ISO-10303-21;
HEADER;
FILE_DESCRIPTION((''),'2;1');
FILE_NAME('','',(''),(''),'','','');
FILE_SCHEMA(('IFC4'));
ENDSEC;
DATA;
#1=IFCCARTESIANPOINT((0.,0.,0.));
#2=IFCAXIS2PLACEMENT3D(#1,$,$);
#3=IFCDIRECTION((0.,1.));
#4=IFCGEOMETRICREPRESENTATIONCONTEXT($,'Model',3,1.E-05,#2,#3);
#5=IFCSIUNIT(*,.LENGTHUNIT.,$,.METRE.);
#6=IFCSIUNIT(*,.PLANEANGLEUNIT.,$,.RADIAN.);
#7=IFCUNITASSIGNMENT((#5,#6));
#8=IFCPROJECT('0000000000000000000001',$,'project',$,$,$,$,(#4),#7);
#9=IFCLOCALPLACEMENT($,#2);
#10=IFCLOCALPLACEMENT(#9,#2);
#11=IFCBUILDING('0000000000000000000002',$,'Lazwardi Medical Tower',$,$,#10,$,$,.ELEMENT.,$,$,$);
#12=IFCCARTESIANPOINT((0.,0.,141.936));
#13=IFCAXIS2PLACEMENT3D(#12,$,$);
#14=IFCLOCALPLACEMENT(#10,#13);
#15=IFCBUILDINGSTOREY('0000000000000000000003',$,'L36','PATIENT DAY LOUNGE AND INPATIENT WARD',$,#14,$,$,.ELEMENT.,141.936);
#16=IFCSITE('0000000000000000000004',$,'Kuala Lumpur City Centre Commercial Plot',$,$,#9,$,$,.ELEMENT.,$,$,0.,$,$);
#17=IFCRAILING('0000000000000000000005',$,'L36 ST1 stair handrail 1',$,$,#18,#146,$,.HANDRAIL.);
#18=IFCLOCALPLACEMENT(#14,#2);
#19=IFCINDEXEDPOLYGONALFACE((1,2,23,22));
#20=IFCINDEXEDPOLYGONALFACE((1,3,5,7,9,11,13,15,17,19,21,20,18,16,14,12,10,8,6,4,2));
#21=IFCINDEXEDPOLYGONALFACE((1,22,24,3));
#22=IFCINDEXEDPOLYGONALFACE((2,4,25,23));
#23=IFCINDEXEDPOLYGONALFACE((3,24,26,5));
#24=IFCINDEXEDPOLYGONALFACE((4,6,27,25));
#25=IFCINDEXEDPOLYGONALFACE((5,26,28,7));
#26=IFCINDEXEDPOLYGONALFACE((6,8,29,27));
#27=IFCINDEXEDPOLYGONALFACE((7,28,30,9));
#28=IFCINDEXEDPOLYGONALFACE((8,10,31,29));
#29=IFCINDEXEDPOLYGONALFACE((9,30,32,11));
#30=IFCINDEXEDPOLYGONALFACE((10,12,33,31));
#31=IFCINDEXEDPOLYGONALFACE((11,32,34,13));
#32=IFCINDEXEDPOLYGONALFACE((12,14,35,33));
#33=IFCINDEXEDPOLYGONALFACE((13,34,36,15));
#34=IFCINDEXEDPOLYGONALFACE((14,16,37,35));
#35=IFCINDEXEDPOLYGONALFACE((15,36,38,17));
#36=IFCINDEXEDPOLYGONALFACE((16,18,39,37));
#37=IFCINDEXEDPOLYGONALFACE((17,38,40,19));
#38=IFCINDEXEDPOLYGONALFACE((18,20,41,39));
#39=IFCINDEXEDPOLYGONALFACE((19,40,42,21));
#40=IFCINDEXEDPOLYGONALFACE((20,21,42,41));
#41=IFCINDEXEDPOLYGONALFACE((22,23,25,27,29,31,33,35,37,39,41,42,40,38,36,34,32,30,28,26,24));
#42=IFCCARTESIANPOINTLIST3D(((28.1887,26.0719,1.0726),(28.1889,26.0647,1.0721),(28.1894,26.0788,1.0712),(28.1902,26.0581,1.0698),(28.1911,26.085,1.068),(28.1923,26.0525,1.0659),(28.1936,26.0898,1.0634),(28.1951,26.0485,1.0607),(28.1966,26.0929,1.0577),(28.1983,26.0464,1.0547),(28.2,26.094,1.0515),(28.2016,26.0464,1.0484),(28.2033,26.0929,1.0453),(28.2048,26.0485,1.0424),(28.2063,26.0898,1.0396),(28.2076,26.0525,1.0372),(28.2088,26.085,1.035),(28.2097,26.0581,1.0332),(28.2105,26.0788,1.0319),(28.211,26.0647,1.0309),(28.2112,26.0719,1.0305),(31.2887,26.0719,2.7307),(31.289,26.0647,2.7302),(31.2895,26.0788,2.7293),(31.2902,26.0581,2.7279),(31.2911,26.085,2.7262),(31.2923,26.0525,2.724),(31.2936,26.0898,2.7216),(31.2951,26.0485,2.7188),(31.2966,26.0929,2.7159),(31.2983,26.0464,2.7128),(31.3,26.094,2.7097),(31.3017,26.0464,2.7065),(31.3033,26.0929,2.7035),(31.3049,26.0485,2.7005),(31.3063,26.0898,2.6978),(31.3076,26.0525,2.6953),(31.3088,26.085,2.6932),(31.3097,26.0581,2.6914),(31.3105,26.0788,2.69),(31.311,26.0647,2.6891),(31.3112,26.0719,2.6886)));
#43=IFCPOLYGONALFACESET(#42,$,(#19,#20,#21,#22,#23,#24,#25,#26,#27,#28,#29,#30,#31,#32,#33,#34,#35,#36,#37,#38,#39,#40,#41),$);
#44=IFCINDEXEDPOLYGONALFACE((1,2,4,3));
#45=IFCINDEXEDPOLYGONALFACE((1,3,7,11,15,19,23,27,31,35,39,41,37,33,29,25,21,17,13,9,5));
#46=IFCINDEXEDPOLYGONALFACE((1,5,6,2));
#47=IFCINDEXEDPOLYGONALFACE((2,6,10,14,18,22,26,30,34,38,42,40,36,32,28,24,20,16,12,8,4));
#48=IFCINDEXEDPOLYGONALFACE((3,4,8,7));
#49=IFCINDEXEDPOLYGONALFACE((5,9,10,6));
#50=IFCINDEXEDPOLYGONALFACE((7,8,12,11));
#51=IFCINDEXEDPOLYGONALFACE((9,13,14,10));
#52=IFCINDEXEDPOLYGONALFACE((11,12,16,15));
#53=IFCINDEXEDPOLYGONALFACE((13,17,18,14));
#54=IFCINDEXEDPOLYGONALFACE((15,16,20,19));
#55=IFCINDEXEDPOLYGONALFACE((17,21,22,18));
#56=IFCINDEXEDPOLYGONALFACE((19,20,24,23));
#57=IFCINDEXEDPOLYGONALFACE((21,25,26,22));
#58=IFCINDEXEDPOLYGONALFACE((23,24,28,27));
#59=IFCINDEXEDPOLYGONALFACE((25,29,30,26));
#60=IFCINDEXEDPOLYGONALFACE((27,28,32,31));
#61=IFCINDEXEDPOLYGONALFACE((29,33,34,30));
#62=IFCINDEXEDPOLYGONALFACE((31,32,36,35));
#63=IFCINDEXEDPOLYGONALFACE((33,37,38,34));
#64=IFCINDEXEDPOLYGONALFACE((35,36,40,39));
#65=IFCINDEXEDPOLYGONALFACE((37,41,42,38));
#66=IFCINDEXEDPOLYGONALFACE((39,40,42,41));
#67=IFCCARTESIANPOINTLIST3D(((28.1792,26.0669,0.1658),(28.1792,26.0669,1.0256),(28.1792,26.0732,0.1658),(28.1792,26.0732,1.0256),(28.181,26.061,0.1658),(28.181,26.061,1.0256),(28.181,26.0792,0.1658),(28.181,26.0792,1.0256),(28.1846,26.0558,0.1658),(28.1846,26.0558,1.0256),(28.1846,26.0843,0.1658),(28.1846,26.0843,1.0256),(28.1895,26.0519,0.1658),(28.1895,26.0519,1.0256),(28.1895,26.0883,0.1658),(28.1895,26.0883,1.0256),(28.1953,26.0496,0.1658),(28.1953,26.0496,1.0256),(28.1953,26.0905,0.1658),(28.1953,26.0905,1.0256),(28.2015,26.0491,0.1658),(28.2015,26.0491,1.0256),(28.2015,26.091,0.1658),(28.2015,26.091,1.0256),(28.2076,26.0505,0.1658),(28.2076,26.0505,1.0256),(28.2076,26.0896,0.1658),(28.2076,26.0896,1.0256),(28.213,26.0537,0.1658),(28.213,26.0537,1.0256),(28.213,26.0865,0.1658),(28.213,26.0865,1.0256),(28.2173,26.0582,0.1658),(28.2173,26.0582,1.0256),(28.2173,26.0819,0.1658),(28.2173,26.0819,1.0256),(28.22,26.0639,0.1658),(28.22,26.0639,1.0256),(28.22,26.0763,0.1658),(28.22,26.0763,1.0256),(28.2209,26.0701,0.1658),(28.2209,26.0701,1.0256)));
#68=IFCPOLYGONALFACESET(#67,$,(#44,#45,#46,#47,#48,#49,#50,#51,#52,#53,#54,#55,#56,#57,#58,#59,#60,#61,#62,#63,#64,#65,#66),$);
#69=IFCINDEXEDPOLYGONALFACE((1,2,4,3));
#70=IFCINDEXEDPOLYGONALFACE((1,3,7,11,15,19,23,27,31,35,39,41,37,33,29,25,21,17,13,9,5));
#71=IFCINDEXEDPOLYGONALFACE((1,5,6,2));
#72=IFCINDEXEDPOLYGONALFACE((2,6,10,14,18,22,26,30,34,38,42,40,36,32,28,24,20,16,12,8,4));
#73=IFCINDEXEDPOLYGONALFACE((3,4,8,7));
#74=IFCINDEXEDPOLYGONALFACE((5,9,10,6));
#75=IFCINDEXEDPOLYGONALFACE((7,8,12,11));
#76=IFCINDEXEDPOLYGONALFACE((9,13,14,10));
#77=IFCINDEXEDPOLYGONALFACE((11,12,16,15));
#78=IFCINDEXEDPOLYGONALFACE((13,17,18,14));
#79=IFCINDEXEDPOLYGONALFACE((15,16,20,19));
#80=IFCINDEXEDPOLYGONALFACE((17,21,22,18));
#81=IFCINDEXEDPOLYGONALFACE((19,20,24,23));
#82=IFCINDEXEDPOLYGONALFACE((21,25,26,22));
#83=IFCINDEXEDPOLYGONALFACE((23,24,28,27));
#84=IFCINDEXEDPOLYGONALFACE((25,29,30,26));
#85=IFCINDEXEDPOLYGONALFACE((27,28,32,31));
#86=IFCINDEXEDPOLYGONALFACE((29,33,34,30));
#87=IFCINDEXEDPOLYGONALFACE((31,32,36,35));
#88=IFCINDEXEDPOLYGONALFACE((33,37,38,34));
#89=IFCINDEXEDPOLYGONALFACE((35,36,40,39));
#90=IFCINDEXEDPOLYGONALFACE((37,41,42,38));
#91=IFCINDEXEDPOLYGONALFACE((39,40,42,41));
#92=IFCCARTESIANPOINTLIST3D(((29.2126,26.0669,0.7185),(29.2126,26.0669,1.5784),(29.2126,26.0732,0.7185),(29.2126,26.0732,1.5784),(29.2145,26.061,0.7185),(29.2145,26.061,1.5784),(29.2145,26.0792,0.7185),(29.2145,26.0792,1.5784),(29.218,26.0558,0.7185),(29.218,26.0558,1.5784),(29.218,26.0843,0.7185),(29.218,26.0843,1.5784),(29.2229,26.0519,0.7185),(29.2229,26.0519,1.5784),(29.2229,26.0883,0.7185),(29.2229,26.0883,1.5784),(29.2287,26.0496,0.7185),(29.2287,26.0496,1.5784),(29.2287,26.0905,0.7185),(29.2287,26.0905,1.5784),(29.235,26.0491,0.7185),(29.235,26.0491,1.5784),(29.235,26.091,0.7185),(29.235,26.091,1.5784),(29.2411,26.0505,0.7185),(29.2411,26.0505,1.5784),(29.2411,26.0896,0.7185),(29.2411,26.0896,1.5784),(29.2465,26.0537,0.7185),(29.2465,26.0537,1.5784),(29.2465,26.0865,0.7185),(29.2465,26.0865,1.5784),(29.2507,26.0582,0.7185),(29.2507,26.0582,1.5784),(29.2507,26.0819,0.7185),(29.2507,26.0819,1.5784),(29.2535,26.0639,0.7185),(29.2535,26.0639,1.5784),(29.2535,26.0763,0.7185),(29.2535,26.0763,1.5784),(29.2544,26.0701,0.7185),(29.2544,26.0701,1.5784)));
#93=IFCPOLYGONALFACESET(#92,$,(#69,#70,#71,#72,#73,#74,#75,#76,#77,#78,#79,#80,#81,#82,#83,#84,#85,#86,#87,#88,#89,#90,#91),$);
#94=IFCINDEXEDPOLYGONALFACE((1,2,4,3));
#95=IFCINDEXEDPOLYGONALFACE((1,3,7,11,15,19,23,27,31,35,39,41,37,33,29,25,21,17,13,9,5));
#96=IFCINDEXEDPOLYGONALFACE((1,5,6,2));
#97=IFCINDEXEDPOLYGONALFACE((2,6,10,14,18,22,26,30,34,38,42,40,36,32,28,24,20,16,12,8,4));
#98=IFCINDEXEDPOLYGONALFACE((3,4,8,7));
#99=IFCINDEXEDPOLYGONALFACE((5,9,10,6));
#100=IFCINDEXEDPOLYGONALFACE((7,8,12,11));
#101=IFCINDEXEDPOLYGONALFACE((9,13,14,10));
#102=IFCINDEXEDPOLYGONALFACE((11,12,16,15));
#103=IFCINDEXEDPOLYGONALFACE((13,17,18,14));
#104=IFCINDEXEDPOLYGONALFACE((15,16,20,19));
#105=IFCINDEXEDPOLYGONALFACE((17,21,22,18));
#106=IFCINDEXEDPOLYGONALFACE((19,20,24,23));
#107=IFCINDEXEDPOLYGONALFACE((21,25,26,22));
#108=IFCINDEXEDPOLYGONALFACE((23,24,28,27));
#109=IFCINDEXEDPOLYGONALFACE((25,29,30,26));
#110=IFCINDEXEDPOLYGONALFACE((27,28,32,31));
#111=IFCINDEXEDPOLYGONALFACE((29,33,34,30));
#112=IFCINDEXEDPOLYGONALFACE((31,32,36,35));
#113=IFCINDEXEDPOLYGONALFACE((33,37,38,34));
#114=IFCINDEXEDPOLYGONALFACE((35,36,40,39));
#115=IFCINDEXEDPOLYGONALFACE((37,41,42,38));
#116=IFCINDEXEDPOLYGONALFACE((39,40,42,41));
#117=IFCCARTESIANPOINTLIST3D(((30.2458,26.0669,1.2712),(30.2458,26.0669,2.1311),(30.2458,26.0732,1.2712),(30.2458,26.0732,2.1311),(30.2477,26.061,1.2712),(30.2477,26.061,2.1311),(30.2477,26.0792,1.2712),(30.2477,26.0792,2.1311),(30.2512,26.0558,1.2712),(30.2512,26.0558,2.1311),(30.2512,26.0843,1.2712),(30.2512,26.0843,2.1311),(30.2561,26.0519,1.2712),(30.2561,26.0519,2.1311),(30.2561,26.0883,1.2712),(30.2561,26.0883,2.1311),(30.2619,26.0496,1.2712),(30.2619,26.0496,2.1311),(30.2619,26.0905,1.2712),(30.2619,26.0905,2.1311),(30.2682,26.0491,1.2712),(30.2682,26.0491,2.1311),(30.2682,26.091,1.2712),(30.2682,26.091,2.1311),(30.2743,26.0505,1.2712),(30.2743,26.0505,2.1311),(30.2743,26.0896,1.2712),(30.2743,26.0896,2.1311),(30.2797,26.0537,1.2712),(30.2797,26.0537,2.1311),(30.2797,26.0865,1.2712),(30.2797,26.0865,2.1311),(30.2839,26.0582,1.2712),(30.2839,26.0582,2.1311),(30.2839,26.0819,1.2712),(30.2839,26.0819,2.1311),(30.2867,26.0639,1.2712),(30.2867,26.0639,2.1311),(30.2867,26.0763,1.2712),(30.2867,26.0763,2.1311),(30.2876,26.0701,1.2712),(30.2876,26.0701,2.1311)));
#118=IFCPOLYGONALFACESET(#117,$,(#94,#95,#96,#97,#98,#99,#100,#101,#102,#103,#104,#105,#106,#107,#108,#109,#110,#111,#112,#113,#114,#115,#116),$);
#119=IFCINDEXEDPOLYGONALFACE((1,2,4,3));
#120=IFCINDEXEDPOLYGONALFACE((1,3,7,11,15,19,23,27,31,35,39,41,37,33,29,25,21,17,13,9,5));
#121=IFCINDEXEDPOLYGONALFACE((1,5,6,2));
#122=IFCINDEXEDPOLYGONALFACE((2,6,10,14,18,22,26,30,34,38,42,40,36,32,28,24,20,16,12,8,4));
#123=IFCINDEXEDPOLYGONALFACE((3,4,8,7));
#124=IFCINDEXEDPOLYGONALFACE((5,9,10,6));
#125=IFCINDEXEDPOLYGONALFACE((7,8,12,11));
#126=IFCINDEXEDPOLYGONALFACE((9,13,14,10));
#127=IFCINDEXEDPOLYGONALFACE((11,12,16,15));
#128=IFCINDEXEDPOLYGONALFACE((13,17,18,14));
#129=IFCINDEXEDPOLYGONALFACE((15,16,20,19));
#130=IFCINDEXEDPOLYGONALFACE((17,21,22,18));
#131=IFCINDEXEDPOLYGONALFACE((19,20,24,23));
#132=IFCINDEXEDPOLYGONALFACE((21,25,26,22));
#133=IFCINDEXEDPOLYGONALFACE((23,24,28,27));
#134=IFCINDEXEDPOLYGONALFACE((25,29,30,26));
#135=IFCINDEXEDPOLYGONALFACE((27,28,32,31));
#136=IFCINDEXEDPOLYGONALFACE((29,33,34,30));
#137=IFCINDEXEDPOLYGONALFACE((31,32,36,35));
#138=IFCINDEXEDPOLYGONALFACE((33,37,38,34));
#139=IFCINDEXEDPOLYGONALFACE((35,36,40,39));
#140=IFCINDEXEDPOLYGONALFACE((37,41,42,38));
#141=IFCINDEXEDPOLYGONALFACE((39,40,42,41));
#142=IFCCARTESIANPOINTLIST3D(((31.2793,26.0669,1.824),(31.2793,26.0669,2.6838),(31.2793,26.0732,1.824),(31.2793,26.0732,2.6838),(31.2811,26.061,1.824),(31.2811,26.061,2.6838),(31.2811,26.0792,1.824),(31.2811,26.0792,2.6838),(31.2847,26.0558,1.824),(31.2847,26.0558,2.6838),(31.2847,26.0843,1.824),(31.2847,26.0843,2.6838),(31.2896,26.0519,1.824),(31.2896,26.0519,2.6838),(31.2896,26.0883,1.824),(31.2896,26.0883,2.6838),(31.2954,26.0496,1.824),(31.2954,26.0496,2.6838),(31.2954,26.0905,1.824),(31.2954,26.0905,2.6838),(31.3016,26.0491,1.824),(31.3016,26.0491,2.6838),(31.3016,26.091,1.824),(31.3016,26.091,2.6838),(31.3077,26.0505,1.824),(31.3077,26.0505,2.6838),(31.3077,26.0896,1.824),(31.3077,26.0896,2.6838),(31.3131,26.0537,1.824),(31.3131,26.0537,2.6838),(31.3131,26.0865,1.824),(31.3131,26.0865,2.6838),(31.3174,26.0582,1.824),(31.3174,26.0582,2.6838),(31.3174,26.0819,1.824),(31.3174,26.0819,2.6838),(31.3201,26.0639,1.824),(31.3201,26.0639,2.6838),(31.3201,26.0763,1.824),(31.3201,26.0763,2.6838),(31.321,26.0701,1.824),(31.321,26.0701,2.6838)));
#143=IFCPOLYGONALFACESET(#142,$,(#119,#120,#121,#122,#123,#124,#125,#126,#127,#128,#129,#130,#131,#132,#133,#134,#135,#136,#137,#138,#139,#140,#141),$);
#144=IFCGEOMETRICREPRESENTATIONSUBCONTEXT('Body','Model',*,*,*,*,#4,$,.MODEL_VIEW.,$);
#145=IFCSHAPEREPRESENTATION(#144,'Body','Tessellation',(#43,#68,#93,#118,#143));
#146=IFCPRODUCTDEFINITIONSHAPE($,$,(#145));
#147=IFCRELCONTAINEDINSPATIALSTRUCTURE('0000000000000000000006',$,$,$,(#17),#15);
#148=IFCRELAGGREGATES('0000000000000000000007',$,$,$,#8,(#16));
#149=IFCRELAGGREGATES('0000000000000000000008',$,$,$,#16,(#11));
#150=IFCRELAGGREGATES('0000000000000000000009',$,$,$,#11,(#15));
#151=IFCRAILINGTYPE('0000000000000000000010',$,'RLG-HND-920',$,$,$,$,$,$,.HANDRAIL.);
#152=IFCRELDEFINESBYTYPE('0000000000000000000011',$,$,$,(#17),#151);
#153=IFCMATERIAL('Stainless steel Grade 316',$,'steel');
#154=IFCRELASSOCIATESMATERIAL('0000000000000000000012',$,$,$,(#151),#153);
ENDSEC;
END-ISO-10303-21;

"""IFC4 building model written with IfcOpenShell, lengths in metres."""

from ifc_helpers import new_model, si_unit, direction, frame, origin, origin_2d, place, context, subcontext, project, spatial, circle, extrude, material, type_object, element, save


model = new_model("IFC4")

# Units and contexts
model_context = context("Model", 3, precision=1e-05, world=origin(), true_north=direction((0.0, 1.0)))
body_context = subcontext(model_context, "Body", "Model", "MODEL_VIEW")
ifc_project = project(units=[si_unit("LENGTHUNIT", "METRE"), si_unit("PLANEANGLEUNIT", "RADIAN")], contexts=[model_context])

# Site, building, storey
site_placement = place(None, origin())
site = spatial("IfcSite", under=ifc_project, at=site_placement, Name="Kuala Lumpur City Centre Commercial Plot", CompositionType="ELEMENT", RefElevation=0.0)
building_placement = place(site_placement, origin())
building = spatial("IfcBuilding", under=site, at=building_placement, Name="Lazwardi Medical Tower", CompositionType="ELEMENT")
storey_placement = place(building_placement, frame((0.0, 0.0, 141.936)))
storey = spatial("IfcBuildingStorey", under=building, at=storey_placement, Name="L36", Description="PATIENT DAY LOUNGE AND INPATIENT WARD", CompositionType="ELEMENT", Elevation=141.936)

# Railing
ifc_material_1 = material(Name="Stainless steel Grade 316", Category="steel")
railing_type_1 = type_object("IfcRailingType", Name="RLG-HND-920", PredefinedType="HANDRAIL", material=ifc_material_1)
railing_1_placement = place(storey_placement, frame((28.2, 26.0701, 0.1658)))
element("IfcRailing", 1, at=railing_1_placement, inside=storey, type_object=railing_type_1, Name="L36 ST1 stair handrail 1", PredefinedType="HANDRAIL", context=body_context, shape_type="SweptSolid", body=[
    extrude(circle(Radius=0.0239, at=origin_2d()), frame((0.0, 0.0, 0.8857), z_axis=(0.881783, 0.0, 0.471655), x_axis=(0.0, 1.0, 0.0)), (0.0, 0.0, 1.0), 3.5156),
    extrude(circle(Radius=0.021, at=origin_2d()), origin(), (0.0, 0.0, 1.0), 0.8599),
    extrude(circle(Radius=0.021, at=origin_2d()), frame((1.0334, 0.0, 0.5527)), (0.0, 0.0, 1.0), 0.8599),
    extrude(circle(Radius=0.021, at=origin_2d()), frame((2.0667, 0.0, 1.1055)), (0.0, 0.0, 1.0), 0.8599),
    extrude(circle(Radius=0.021, at=origin_2d()), frame((3.1001, 0.0, 1.6582)), (0.0, 0.0, 1.0), 0.8599),
])

save(model, "model.ifc")
